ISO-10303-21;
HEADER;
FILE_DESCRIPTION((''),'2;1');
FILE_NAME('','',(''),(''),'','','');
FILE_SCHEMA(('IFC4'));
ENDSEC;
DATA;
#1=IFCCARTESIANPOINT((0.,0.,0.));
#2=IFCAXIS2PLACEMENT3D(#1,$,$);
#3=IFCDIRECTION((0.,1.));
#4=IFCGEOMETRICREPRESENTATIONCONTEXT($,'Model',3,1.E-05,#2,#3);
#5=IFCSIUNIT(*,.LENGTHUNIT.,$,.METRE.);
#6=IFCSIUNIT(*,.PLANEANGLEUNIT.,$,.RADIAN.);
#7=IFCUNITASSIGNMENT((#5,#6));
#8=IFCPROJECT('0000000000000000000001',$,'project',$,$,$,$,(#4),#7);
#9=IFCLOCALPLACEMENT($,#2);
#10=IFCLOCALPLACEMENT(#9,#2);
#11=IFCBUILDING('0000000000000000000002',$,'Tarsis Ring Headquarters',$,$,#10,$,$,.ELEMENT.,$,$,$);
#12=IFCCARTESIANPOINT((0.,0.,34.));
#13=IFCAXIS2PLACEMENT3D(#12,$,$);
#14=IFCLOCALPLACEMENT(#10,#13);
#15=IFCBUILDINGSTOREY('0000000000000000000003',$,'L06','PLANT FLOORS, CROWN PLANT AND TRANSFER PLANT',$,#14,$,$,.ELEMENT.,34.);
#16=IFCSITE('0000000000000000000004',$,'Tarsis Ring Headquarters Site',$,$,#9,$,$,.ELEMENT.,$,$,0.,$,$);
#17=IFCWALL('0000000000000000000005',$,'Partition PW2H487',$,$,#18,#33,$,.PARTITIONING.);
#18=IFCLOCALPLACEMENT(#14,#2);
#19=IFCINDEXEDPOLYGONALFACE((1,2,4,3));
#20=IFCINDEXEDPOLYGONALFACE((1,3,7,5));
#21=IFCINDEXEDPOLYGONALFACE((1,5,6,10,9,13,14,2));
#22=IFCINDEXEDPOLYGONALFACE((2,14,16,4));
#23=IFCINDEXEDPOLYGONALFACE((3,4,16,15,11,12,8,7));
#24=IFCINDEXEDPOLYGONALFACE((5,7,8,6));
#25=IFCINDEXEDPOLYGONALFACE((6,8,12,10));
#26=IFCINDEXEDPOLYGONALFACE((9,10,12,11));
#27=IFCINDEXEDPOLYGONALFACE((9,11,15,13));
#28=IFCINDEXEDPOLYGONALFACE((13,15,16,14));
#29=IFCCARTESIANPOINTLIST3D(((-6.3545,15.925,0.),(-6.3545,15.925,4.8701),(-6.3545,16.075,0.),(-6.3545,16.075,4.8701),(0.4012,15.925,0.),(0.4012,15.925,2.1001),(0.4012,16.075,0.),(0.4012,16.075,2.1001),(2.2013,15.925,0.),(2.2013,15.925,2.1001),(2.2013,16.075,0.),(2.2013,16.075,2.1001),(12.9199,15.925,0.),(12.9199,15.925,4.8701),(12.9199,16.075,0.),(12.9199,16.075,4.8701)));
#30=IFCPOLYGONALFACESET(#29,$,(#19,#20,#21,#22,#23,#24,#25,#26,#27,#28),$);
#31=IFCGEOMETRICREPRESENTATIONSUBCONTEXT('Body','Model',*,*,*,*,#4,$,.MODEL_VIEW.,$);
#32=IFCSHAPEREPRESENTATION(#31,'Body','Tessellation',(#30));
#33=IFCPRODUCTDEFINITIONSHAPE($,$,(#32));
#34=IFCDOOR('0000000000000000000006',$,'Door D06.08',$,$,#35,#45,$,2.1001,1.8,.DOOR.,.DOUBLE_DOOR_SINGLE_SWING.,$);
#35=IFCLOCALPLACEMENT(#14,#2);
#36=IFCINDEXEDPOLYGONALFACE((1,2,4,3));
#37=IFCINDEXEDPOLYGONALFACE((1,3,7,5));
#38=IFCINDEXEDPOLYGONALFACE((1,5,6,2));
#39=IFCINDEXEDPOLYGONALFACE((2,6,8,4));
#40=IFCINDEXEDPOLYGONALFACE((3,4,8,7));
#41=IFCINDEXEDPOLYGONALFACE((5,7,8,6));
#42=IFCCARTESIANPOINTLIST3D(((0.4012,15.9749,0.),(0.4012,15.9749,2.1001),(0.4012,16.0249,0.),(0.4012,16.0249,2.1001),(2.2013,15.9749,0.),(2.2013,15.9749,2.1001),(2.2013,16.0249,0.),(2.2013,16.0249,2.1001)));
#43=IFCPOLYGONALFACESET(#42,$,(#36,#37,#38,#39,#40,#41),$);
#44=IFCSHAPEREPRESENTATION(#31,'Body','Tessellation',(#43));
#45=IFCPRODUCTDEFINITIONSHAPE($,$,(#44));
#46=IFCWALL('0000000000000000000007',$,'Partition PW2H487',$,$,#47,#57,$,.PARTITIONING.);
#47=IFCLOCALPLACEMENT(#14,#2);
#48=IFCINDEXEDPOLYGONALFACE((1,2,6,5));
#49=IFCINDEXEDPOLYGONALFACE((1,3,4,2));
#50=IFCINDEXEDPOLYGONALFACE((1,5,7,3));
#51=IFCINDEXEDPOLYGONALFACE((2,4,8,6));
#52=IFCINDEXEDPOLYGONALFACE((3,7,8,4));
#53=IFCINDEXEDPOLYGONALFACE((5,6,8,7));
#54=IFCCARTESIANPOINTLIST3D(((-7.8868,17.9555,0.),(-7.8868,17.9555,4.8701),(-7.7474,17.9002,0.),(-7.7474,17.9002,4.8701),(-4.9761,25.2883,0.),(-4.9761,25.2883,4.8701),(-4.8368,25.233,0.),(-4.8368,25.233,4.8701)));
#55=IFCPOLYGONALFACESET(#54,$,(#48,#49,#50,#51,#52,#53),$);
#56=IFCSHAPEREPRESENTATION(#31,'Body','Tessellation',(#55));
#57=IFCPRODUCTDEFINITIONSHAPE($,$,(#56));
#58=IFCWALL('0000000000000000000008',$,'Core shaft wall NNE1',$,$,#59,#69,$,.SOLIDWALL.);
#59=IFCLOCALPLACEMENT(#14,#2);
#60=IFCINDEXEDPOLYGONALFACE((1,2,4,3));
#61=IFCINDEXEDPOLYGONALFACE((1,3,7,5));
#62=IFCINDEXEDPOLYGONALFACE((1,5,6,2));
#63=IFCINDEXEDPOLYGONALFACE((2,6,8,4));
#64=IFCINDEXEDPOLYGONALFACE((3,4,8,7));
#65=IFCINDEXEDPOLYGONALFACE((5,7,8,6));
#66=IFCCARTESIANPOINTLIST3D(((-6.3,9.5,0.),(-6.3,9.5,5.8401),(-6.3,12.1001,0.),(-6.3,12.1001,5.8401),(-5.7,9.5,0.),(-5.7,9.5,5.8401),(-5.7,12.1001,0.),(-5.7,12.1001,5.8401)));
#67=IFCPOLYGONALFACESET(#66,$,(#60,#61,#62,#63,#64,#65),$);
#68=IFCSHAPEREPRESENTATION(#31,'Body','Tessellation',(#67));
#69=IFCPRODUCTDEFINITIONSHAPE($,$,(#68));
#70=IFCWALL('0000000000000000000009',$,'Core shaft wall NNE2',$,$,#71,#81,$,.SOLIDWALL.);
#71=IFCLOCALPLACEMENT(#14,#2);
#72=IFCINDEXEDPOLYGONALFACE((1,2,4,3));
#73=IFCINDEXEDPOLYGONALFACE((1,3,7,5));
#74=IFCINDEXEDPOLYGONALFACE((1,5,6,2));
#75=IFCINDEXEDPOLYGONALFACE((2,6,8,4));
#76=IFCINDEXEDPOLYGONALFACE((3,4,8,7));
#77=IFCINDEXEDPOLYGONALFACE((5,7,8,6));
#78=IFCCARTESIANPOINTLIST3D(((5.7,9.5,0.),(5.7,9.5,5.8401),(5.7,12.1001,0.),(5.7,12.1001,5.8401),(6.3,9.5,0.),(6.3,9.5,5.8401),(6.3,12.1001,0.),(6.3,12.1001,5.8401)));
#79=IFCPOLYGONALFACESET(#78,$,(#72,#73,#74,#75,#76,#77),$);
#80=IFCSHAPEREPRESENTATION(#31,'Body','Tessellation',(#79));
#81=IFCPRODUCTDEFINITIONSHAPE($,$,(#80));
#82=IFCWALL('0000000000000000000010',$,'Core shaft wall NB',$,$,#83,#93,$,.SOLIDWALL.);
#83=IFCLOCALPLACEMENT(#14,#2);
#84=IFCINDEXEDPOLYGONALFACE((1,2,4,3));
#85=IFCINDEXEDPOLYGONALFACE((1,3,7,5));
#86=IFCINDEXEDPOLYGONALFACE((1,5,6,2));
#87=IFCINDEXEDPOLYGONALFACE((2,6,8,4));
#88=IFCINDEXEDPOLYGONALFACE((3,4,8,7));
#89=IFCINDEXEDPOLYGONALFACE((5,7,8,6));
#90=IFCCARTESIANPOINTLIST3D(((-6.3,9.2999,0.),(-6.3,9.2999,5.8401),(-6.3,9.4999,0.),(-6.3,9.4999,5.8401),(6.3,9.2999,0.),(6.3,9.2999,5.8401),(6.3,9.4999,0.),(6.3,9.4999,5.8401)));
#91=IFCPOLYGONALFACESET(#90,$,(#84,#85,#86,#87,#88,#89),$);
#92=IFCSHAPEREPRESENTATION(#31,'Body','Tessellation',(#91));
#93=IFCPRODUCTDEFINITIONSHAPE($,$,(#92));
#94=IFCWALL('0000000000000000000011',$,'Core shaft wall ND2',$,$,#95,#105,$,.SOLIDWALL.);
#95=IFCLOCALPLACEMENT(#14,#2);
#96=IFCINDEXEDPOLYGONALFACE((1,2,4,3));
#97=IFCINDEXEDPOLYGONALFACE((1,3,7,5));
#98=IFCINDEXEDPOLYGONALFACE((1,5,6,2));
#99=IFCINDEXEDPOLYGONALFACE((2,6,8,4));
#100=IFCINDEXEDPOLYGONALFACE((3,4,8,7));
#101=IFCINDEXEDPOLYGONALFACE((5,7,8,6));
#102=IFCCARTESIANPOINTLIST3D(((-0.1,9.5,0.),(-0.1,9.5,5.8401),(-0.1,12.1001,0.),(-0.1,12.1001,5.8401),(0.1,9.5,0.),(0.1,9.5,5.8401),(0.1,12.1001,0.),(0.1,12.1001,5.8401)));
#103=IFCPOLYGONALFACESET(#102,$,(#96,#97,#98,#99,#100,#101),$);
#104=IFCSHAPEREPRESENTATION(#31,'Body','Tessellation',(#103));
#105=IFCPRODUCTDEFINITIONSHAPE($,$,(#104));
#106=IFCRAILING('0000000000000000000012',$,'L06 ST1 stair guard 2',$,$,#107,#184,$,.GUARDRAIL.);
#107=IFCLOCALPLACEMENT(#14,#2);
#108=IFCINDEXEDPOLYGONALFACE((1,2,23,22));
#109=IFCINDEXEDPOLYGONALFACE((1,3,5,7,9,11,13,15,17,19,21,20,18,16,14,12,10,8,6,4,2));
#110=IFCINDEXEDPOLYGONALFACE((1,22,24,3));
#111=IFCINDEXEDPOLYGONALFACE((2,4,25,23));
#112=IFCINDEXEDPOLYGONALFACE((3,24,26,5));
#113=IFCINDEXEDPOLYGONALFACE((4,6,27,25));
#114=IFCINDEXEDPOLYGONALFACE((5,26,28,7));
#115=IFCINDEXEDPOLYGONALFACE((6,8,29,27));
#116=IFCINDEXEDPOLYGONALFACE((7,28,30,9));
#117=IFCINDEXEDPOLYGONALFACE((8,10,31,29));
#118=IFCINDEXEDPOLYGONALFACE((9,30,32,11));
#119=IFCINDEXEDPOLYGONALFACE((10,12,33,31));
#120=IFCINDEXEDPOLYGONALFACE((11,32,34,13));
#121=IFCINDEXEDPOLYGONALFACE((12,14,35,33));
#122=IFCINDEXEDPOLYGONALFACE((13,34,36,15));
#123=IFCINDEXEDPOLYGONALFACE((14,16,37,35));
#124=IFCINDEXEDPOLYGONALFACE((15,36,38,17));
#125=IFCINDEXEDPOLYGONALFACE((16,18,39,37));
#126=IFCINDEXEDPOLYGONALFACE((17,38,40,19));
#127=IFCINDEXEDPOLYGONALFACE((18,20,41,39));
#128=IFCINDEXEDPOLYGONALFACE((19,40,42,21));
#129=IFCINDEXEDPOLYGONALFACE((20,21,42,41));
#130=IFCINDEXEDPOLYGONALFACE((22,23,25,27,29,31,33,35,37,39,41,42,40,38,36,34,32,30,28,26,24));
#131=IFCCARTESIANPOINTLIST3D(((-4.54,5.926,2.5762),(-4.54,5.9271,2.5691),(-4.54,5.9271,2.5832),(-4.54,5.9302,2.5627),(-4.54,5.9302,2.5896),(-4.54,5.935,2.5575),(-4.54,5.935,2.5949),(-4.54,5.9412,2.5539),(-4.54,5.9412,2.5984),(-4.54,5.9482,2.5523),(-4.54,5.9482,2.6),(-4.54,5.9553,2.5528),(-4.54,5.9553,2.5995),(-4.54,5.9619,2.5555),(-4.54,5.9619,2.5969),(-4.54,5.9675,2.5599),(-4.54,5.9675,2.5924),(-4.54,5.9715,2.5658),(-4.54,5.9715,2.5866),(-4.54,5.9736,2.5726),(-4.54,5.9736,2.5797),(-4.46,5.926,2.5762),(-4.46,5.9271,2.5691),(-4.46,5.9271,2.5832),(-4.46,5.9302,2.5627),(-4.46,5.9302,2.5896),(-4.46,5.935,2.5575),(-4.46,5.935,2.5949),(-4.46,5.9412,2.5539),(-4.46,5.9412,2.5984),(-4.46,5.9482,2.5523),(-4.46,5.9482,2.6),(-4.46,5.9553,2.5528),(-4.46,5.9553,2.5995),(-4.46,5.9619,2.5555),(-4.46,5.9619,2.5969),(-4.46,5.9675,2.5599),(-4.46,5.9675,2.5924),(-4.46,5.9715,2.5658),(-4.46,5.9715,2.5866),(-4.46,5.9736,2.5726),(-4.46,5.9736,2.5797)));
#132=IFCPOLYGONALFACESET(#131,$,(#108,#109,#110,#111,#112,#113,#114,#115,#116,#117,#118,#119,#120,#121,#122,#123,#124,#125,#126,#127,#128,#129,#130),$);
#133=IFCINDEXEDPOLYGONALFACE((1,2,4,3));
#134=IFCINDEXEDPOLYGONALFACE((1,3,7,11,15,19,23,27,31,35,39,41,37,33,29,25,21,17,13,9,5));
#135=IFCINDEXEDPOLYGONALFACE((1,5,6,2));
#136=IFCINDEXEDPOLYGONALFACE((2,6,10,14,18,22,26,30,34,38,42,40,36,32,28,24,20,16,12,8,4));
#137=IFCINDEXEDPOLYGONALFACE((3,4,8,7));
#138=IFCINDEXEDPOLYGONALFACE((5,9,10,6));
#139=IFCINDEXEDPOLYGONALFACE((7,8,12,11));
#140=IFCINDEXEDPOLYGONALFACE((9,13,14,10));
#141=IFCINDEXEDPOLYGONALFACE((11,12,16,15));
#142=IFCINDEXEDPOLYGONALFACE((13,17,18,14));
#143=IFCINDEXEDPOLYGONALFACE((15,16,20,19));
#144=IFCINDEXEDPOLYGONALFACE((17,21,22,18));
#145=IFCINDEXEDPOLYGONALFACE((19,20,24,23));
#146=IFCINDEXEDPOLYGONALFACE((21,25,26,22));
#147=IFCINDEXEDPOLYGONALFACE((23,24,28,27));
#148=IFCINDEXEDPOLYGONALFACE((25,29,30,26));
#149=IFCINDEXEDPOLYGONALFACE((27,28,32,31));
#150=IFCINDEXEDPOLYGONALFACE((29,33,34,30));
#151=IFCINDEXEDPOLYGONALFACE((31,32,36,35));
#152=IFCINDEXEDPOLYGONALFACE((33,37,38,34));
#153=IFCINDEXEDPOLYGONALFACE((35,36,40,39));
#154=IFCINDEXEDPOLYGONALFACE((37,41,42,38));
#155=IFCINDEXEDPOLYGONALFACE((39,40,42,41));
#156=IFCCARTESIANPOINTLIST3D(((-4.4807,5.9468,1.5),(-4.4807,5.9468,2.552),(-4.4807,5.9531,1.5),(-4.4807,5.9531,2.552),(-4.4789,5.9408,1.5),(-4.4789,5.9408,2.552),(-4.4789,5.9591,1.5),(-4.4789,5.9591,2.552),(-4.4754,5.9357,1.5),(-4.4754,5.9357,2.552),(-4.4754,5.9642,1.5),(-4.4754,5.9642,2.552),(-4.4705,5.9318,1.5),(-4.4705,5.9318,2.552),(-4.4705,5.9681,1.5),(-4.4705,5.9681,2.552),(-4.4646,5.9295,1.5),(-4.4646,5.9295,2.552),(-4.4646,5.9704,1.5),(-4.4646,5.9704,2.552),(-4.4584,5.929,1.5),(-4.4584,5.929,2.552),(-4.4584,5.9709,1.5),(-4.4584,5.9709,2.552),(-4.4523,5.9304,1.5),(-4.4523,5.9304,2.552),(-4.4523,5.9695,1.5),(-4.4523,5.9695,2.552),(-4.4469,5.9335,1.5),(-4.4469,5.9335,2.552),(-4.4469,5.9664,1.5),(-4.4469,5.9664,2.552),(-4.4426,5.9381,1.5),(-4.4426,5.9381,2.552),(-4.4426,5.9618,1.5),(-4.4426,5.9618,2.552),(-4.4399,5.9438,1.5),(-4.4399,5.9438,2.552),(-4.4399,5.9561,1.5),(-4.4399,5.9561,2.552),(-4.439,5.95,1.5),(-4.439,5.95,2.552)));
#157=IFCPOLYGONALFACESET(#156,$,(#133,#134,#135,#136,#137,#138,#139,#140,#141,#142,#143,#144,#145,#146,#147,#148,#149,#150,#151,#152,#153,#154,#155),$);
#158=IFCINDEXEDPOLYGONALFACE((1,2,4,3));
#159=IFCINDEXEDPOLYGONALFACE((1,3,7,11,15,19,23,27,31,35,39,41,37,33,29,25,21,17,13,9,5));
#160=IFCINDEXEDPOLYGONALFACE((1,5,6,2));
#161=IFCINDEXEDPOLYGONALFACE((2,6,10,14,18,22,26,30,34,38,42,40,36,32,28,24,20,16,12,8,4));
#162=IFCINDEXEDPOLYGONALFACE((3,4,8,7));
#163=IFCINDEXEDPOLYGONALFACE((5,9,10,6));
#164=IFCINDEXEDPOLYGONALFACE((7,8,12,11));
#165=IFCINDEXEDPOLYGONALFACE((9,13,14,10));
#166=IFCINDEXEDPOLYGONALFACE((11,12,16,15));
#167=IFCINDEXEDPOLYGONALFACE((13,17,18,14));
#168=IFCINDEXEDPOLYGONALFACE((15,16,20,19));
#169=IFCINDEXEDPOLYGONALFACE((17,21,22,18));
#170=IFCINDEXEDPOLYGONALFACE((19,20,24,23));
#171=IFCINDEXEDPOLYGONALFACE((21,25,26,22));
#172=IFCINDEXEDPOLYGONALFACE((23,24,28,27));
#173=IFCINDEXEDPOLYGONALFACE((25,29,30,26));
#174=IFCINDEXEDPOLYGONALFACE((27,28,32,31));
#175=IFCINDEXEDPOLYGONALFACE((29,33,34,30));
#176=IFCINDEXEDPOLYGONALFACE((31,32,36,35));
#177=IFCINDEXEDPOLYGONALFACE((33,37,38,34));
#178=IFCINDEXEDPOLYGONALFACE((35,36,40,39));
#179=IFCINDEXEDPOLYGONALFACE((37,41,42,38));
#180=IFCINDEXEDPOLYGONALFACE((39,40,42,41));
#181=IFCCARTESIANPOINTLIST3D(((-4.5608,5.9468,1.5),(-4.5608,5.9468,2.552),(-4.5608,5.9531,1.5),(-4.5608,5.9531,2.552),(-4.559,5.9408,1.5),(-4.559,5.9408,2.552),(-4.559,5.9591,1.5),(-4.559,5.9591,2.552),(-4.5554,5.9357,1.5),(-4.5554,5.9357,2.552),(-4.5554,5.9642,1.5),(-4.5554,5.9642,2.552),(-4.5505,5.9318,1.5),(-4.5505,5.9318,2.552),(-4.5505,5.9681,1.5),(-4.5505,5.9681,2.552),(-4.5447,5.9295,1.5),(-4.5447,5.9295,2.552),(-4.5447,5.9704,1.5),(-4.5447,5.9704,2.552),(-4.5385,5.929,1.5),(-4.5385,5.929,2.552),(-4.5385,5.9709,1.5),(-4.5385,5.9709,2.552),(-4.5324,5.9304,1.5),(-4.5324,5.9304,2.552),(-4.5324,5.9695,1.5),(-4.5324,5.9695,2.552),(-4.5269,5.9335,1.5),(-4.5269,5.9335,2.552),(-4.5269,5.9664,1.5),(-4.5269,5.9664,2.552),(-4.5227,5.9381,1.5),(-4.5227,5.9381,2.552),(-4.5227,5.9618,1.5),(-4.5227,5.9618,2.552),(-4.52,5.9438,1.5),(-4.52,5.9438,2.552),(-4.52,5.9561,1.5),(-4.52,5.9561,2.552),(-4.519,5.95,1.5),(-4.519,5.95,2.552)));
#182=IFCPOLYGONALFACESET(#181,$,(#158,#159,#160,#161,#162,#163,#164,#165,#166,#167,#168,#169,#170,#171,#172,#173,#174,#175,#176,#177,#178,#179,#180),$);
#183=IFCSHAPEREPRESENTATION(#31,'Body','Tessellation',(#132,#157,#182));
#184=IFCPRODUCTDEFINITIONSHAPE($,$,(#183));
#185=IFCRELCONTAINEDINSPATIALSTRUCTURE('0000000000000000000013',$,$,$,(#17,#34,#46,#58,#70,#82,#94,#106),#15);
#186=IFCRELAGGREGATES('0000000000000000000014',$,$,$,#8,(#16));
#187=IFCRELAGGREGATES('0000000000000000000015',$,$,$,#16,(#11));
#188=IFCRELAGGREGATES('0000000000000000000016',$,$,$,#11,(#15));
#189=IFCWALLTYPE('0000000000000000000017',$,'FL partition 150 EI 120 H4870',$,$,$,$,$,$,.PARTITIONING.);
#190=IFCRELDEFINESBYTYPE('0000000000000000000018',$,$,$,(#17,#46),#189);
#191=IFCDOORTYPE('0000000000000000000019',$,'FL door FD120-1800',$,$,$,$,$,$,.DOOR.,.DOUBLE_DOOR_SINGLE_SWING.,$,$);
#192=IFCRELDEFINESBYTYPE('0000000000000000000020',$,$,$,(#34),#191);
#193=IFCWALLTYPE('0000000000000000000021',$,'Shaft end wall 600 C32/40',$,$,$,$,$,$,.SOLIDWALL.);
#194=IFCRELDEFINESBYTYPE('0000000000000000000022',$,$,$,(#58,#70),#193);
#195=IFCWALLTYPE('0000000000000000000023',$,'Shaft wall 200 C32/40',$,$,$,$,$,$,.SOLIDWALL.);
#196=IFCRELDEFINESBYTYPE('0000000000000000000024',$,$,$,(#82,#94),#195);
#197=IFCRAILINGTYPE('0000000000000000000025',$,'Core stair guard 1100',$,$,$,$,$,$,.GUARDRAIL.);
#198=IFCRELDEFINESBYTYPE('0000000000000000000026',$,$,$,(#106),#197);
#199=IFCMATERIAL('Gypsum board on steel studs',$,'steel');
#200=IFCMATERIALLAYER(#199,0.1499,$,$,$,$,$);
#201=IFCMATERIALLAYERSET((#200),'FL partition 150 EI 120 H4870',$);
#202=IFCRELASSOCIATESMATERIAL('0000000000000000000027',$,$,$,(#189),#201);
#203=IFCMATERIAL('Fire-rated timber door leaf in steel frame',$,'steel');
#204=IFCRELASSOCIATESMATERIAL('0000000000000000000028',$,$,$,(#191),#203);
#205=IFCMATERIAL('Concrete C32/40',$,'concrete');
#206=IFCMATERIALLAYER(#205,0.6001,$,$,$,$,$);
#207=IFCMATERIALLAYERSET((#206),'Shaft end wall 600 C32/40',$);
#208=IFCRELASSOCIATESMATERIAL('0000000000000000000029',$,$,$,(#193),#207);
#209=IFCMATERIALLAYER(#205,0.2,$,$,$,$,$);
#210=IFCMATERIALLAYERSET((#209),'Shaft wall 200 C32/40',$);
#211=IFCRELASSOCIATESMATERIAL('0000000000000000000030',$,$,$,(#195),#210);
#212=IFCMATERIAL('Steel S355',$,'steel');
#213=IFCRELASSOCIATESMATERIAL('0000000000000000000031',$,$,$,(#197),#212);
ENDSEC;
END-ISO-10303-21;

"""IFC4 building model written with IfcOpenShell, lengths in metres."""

from ifc_helpers import new_model, si_unit, direction, frame, frame_2d, origin, origin_2d, place, context, subcontext, project, spatial, rectangle, circle, extrude, material, layer, layer_set, type_object, element, fill, save


model = new_model("IFC4")

# Units and contexts
model_context = context("Model", 3, precision=1e-05, world=origin(), true_north=direction((0.0, 1.0)))
body_context = subcontext(model_context, "Body", "Model", "MODEL_VIEW")
ifc_project = project(units=[si_unit("LENGTHUNIT", "METRE"), si_unit("PLANEANGLEUNIT", "RADIAN")], contexts=[model_context])

# Site, building, storey
site_placement = place(None, origin())
site = spatial("IfcSite", under=ifc_project, at=site_placement, Name="Tarsis Ring Headquarters Site", CompositionType="ELEMENT", RefElevation=0.0)
building_placement = place(site_placement, origin())
building = spatial("IfcBuilding", under=site, at=building_placement, Name="Tarsis Ring Headquarters", CompositionType="ELEMENT")
storey_placement = place(building_placement, frame((0.0, 0.0, 34.0)))
storey = spatial("IfcBuildingStorey", under=building, at=storey_placement, Name="L06", Description="PLANT FLOORS, CROWN PLANT AND TRANSFER PLANT", CompositionType="ELEMENT", Elevation=34.0)

# Wall, opening, door
ifc_material_1 = material(Name="Gypsum board on steel studs", Category="steel")
ifc_layer_1 = layer(ifc_material_1, 0.1499)
ifc_layer_set_1 = layer_set([ifc_layer_1], Name="FL partition 150 EI 120 H4870")
wall_type_1 = type_object("IfcWallType", Name="FL partition 150 EI 120 H4870", PredefinedType="PARTITIONING", material=ifc_layer_set_1)
wall_1_placement = place(storey_placement, frame((-6.3545, 16.0, 0.0), z_axis=(0.0, 0.0, 1.0), x_axis=(1.0, 0.0, 0.0)))
wall_1 = element("IfcWall", 1, at=wall_1_placement, inside=storey, type_object=wall_type_1, Name="Partition PW2H487", PredefinedType="PARTITIONING", context=body_context, shape_type="SweptSolid", body=[
    extrude(rectangle(XDim=19.2744, YDim=0.1499, at=frame_2d((9.6372, 0.0))), origin(), (0.0, 0.0, 1.0), 4.8701),
])
opening_placement = place(wall_1_placement, frame((6.7559, 0.0, 0.0)))
opening = element("IfcOpeningElement", 2, at=opening_placement, cuts=wall_1, PredefinedType="OPENING", context=body_context, shape_type="SweptSolid", body=[
    extrude(rectangle(XDim=1.8, YDim=2.1001, at=frame_2d((0.8999, 1.05))), frame((0.0, 0.085, 0.0), z_axis=(0.0, -1.0, 0.0), x_axis=(1.0, 0.0, 0.0)), (0.0, 0.0, 1.0), 0.1699),
])
ifc_material_2 = material(Name="Fire-rated timber door leaf in steel frame", Category="steel")
door_type = type_object("IfcDoorType", Name="FL door FD120-1800", OperationType="DOUBLE_DOOR_SINGLE_SWING", PredefinedType="DOOR", material=ifc_material_2)
door_placement = place(opening_placement, origin())
door = element("IfcDoor", 3, at=door_placement, inside=storey, type_object=door_type, Name="Door D06.08", OperationType="DOUBLE_DOOR_SINGLE_SWING", OverallHeight=2.1001, OverallWidth=1.8, PredefinedType="DOOR", context=body_context, shape_type="SweptSolid", body=[
    extrude(rectangle(XDim=1.8, YDim=2.1001, at=frame_2d((0.8999, 1.05))), frame((0.0, 0.0249, 0.0), z_axis=(0.0, -1.0, 0.0), x_axis=(1.0, 0.0, 0.0)), (0.0, 0.0, 1.0), 0.05),
])
fill(opening, door)

# Walls
wall_2_placement = place(storey_placement, frame((-7.8171, 17.9277, 0.0), z_axis=(0.0, 0.0, 1.0), x_axis=(0.368935, 0.929455, 0.0)))
element("IfcWall", 4, at=wall_2_placement, inside=storey, type_object=wall_type_1, Name="Partition PW2H487", PredefinedType="PARTITIONING", context=body_context, shape_type="SweptSolid", body=[
    extrude(rectangle(XDim=7.8894, YDim=0.1499, at=frame_2d((3.9448, 0.0))), origin(), (0.0, 0.0, 1.0), 4.8701),
])
ifc_material_3 = material(Name="Concrete C32/40", Category="concrete")
ifc_layer_2 = layer(ifc_material_3, 0.6001)
ifc_layer_set_2 = layer_set([ifc_layer_2], Name="Shaft end wall 600 C32/40")
wall_type_2 = type_object("IfcWallType", Name="Shaft end wall 600 C32/40", PredefinedType="SOLIDWALL", material=ifc_layer_set_2)
for number, where, z_axis, x_axis, name in (
    (5, (-6.0, 9.5, 0.0), (0.0, 0.0, 1.0), (0.0, 1.0, 0.0), "Core shaft wall NNE1"),
    (6, (6.0, 9.5, 0.0), (0.0, 0.0, 1.0), (0.0, 1.0, 0.0), "Core shaft wall NNE2"),
):
    element("IfcWall", number, at=place(storey_placement, frame(where, z_axis=z_axis, x_axis=x_axis)), inside=storey, type_object=wall_type_2, Name=name, PredefinedType="SOLIDWALL", context=body_context, shape_type="SweptSolid", body=[
        extrude(rectangle(XDim=2.6001, YDim=0.6001, at=frame_2d((1.3, 0.0))), origin(), (0.0, 0.0, 1.0), 5.8401),
    ])
ifc_layer_3 = layer(ifc_material_3, 0.2)
ifc_layer_set_3 = layer_set([ifc_layer_3], Name="Shaft wall 200 C32/40")
wall_type_3 = type_object("IfcWallType", Name="Shaft wall 200 C32/40", PredefinedType="SOLIDWALL", material=ifc_layer_set_3)
wall_3_placement = place(storey_placement, frame((-6.3, 9.3999, 0.0), z_axis=(0.0, 0.0, 1.0), x_axis=(1.0, 0.0, 0.0)))
element("IfcWall", 7, at=wall_3_placement, inside=storey, type_object=wall_type_3, Name="Core shaft wall NB", PredefinedType="SOLIDWALL", context=body_context, shape_type="SweptSolid", body=[
    extrude(rectangle(XDim=12.6001, YDim=0.2, at=frame_2d((6.3, 0.0))), origin(), (0.0, 0.0, 1.0), 5.8401),
])
wall_4_placement = place(storey_placement, frame((0.0, 9.5, 0.0), z_axis=(0.0, 0.0, 1.0), x_axis=(0.0, 1.0, 0.0)))
element("IfcWall", 8, at=wall_4_placement, inside=storey, type_object=wall_type_3, Name="Core shaft wall ND2", PredefinedType="SOLIDWALL", context=body_context, shape_type="SweptSolid", body=[
    extrude(rectangle(XDim=2.6001, YDim=0.2, at=frame_2d((1.3, 0.0))), origin(), (0.0, 0.0, 1.0), 5.8401),
])

# Railing
ifc_material_4 = material(Name="Steel S355", Category="steel")
railing_type_1 = type_object("IfcRailingType", Name="Core stair guard 1100", PredefinedType="GUARDRAIL", material=ifc_material_4)
for number, where, name in (
    (9, (-4.46, 5.95, 1.5), "L06 ST1 stair guard 2"),
):
    element("IfcRailing", number, at=place(storey_placement, frame(where)), inside=storey, type_object=railing_type_1, Name=name, PredefinedType="GUARDRAIL", context=body_context, shape_type="SweptSolid", body=[
        extrude(circle(Radius=0.0239, at=origin_2d()), frame((0.0, 0.0, 1.0762), z_axis=(-1.0, 0.0, 0.0), x_axis=(0.0, -1.0, 0.0)), (0.0, 0.0, 1.0), 0.0801),
        extrude(circle(Radius=0.021, at=origin_2d()), origin(), (0.0, 0.0, 1.0), 1.052),
        extrude(circle(Radius=0.021, at=origin_2d()), frame((-0.0801, 0.0, 0.0)), (0.0, 0.0, 1.0), 1.052),
    ])

save(model, "model.ifc")
